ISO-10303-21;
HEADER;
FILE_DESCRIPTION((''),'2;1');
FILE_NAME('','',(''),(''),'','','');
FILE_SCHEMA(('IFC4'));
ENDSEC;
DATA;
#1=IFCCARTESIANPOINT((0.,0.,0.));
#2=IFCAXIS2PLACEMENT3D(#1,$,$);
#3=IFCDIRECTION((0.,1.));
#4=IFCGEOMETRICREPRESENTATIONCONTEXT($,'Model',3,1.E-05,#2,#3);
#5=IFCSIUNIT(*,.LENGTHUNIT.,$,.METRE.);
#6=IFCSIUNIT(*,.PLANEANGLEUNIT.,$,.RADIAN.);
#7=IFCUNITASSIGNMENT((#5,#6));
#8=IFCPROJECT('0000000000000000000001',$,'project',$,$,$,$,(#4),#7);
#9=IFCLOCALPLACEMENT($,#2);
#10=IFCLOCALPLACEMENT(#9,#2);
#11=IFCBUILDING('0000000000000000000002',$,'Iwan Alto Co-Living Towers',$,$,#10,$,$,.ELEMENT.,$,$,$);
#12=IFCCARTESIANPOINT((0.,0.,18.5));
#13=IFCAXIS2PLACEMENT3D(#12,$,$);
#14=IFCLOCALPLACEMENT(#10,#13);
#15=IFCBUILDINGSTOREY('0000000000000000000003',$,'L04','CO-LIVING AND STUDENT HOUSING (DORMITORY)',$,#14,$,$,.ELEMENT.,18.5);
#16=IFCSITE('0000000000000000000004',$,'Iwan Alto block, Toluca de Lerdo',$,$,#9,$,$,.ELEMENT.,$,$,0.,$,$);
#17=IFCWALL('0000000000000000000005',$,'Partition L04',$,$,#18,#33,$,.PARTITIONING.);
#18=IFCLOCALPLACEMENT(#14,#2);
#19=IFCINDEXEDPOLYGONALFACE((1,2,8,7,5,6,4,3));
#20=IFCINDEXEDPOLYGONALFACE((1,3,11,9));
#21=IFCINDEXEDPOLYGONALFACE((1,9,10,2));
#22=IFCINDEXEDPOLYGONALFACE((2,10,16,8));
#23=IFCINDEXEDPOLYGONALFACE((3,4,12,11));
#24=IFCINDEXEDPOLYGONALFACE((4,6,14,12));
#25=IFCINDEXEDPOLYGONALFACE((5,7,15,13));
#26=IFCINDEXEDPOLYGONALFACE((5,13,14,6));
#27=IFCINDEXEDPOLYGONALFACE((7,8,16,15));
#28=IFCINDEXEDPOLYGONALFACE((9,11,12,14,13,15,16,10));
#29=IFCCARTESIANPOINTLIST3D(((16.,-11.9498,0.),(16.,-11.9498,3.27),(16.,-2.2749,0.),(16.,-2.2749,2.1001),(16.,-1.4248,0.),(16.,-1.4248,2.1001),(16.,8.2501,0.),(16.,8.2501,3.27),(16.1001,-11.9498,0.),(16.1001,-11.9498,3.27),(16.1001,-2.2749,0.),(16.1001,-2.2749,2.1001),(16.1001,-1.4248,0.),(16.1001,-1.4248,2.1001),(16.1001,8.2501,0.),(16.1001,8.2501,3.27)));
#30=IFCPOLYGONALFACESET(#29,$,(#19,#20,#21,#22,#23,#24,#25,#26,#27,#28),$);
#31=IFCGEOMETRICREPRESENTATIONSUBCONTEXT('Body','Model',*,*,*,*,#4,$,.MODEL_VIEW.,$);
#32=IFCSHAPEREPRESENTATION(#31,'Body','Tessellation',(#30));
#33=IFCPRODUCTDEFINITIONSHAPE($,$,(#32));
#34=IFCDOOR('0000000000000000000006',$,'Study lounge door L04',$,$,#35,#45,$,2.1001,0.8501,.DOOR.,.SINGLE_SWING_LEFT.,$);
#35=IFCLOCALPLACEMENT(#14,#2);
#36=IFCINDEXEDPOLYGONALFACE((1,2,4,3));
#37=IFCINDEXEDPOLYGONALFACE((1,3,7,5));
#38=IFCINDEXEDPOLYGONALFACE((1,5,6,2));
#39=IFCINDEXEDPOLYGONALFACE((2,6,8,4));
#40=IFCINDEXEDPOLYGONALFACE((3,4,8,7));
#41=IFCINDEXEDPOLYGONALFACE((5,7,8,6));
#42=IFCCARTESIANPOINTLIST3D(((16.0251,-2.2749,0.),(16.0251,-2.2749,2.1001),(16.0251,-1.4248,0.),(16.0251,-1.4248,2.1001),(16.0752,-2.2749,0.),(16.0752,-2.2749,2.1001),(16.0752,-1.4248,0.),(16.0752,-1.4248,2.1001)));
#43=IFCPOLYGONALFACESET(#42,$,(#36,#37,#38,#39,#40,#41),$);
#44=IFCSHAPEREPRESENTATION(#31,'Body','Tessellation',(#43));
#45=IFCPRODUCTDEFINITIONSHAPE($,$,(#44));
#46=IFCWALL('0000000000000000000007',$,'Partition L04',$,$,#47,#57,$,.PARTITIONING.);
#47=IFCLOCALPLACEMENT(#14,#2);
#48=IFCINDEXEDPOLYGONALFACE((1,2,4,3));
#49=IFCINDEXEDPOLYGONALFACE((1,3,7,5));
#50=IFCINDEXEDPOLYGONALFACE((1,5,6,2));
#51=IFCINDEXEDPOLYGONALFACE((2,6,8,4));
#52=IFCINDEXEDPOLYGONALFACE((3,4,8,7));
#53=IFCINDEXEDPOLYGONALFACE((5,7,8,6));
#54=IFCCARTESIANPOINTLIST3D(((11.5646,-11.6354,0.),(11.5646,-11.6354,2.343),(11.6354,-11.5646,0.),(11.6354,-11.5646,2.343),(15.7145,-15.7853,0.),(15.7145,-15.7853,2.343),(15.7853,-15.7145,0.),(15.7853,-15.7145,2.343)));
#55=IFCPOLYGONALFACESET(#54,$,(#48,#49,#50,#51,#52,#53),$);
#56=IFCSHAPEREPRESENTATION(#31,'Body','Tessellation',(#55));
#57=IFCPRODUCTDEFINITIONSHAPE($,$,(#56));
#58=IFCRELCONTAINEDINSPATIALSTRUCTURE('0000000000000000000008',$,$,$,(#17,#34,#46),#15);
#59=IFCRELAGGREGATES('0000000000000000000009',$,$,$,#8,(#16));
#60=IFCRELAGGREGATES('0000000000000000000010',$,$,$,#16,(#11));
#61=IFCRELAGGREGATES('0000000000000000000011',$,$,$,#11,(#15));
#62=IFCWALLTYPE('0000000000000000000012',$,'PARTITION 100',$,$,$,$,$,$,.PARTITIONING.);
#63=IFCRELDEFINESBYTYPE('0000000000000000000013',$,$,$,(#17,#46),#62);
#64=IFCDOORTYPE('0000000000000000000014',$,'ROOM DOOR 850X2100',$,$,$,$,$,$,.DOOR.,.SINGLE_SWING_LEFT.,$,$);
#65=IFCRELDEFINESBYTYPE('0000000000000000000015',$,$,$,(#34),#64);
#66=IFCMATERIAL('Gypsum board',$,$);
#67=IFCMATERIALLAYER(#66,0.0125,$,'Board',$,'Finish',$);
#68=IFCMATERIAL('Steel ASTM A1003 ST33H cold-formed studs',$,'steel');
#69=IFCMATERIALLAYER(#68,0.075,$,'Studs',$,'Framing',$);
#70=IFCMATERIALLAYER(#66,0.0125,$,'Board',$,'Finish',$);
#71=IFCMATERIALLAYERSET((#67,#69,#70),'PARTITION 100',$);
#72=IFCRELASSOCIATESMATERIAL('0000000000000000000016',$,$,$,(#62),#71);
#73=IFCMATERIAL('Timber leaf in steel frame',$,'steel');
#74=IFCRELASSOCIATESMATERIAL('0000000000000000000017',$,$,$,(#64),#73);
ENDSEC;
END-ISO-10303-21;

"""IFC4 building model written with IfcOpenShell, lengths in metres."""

from ifc_helpers import new_model, si_unit, direction, frame, frame_2d, origin, place, context, subcontext, project, spatial, rectangle, extrude, material, layer, layer_set, type_object, element, fill, save


model = new_model("IFC4")

# Units and contexts
model_context = context("Model", 3, precision=1e-05, world=origin(), true_north=direction((0.0, 1.0)))
body_context = subcontext(model_context, "Body", "Model", "MODEL_VIEW")
ifc_project = project(units=[si_unit("LENGTHUNIT", "METRE"), si_unit("PLANEANGLEUNIT", "RADIAN")], contexts=[model_context])

# Site, building, storey
site_placement = place(None, origin())
site = spatial("IfcSite", under=ifc_project, at=site_placement, Name="Iwan Alto block, Toluca de Lerdo", CompositionType="ELEMENT", RefElevation=0.0)
building_placement = place(site_placement, origin())
building = spatial("IfcBuilding", under=site, at=building_placement, Name="Iwan Alto Co-Living Towers", CompositionType="ELEMENT")
storey_placement = place(building_placement, frame((0.0, 0.0, 18.5)))
storey = spatial("IfcBuildingStorey", under=building, at=storey_placement, Name="L04", Description="CO-LIVING AND STUDENT HOUSING (DORMITORY)", CompositionType="ELEMENT", Elevation=18.5)

# Shared definitions
ifc_material_1 = material(Name="Gypsum board")
ifc_material_2 = material(Name="Steel ASTM A1003 ST33H cold-formed studs", Category="steel")

# Shared definitions
ifc_layer_1 = layer(ifc_material_1, 0.0125, Name="Board", Category="Finish")
ifc_layer_2 = layer(ifc_material_2, 0.075, Name="Studs", Category="Framing")
ifc_layer_3 = layer(ifc_material_1, 0.0125, Name="Board", Category="Finish")
ifc_layer_set_1 = layer_set([ifc_layer_1, ifc_layer_2, ifc_layer_3], Name="PARTITION 100")
wall_type_1 = type_object("IfcWallType", Name="PARTITION 100", PredefinedType="PARTITIONING", material=ifc_layer_set_1)

# Wall, opening, door
wall_1_placement = place(storey_placement, frame((16.05, -11.95, 0.0), z_axis=(0.0, 0.0, 1.0), x_axis=(0.0, 1.0, 0.0)))
wall_1 = element("IfcWall", 1, at=wall_1_placement, inside=storey, type_object=wall_type_1, Name="Partition L04", PredefinedType="PARTITIONING", context=body_context, shape_type="SweptSolid", body=[
    extrude(rectangle(XDim=20.2, YDim=0.1001, at=frame_2d((10.1001, 0.0))), origin(), (0.0, 0.0, 1.0), 3.27),
])
opening_1_placement = place(wall_1_placement, frame((9.675, 0.0, 0.0)))
opening_1 = element("IfcOpeningElement", 2, at=opening_1_placement, cuts=wall_1, PredefinedType="OPENING", context=body_context, shape_type="SweptSolid", body=[
    extrude(rectangle(XDim=0.8501, YDim=2.1001, at=frame_2d((0.425, 1.05))), frame((0.0, 0.0601, 0.0), z_axis=(0.0, -1.0, 0.0), x_axis=(1.0, 0.0, 0.0)), (0.0, 0.0, 1.0), 0.1201),
])
ifc_material_3 = material(Name="Timber leaf in steel frame", Category="steel")
door_type_1 = type_object("IfcDoorType", Name="ROOM DOOR 850X2100", OperationType="SINGLE_SWING_LEFT", PredefinedType="DOOR", material=ifc_material_3)
door_1_placement = place(opening_1_placement, origin())
door_1 = element("IfcDoor", 3, at=door_1_placement, inside=storey, type_object=door_type_1, Name="Study lounge door L04", OperationType="SINGLE_SWING_LEFT", OverallHeight=2.1001, OverallWidth=0.8501, PredefinedType="DOOR", context=body_context, shape_type="SweptSolid", body=[
    extrude(rectangle(XDim=0.8501, YDim=2.1001, at=frame_2d((0.425, 1.05))), frame((0.0, 0.0249, 0.0), z_axis=(0.0, -1.0, 0.0), x_axis=(1.0, 0.0, 0.0)), (0.0, 0.0, 1.0), 0.05),
])
fill(opening_1, door_1)

# Wall
wall_2_placement = place(storey_placement, frame((15.75, -15.75, 0.0), z_axis=(0.0, 0.0, 1.0), x_axis=(-0.707107, 0.707107, 0.0)))
element("IfcWall", 4, at=wall_2_placement, inside=storey, type_object=wall_type_1, Name="Partition L04", PredefinedType="PARTITIONING", context=body_context, shape_type="SweptSolid", body=[
    extrude(rectangle(XDim=5.8689, YDim=0.1001, at=frame_2d((2.9346, 0.0))), origin(), (0.0, 0.0, 1.0), 2.343),
])

save(model, "model.ifc")
